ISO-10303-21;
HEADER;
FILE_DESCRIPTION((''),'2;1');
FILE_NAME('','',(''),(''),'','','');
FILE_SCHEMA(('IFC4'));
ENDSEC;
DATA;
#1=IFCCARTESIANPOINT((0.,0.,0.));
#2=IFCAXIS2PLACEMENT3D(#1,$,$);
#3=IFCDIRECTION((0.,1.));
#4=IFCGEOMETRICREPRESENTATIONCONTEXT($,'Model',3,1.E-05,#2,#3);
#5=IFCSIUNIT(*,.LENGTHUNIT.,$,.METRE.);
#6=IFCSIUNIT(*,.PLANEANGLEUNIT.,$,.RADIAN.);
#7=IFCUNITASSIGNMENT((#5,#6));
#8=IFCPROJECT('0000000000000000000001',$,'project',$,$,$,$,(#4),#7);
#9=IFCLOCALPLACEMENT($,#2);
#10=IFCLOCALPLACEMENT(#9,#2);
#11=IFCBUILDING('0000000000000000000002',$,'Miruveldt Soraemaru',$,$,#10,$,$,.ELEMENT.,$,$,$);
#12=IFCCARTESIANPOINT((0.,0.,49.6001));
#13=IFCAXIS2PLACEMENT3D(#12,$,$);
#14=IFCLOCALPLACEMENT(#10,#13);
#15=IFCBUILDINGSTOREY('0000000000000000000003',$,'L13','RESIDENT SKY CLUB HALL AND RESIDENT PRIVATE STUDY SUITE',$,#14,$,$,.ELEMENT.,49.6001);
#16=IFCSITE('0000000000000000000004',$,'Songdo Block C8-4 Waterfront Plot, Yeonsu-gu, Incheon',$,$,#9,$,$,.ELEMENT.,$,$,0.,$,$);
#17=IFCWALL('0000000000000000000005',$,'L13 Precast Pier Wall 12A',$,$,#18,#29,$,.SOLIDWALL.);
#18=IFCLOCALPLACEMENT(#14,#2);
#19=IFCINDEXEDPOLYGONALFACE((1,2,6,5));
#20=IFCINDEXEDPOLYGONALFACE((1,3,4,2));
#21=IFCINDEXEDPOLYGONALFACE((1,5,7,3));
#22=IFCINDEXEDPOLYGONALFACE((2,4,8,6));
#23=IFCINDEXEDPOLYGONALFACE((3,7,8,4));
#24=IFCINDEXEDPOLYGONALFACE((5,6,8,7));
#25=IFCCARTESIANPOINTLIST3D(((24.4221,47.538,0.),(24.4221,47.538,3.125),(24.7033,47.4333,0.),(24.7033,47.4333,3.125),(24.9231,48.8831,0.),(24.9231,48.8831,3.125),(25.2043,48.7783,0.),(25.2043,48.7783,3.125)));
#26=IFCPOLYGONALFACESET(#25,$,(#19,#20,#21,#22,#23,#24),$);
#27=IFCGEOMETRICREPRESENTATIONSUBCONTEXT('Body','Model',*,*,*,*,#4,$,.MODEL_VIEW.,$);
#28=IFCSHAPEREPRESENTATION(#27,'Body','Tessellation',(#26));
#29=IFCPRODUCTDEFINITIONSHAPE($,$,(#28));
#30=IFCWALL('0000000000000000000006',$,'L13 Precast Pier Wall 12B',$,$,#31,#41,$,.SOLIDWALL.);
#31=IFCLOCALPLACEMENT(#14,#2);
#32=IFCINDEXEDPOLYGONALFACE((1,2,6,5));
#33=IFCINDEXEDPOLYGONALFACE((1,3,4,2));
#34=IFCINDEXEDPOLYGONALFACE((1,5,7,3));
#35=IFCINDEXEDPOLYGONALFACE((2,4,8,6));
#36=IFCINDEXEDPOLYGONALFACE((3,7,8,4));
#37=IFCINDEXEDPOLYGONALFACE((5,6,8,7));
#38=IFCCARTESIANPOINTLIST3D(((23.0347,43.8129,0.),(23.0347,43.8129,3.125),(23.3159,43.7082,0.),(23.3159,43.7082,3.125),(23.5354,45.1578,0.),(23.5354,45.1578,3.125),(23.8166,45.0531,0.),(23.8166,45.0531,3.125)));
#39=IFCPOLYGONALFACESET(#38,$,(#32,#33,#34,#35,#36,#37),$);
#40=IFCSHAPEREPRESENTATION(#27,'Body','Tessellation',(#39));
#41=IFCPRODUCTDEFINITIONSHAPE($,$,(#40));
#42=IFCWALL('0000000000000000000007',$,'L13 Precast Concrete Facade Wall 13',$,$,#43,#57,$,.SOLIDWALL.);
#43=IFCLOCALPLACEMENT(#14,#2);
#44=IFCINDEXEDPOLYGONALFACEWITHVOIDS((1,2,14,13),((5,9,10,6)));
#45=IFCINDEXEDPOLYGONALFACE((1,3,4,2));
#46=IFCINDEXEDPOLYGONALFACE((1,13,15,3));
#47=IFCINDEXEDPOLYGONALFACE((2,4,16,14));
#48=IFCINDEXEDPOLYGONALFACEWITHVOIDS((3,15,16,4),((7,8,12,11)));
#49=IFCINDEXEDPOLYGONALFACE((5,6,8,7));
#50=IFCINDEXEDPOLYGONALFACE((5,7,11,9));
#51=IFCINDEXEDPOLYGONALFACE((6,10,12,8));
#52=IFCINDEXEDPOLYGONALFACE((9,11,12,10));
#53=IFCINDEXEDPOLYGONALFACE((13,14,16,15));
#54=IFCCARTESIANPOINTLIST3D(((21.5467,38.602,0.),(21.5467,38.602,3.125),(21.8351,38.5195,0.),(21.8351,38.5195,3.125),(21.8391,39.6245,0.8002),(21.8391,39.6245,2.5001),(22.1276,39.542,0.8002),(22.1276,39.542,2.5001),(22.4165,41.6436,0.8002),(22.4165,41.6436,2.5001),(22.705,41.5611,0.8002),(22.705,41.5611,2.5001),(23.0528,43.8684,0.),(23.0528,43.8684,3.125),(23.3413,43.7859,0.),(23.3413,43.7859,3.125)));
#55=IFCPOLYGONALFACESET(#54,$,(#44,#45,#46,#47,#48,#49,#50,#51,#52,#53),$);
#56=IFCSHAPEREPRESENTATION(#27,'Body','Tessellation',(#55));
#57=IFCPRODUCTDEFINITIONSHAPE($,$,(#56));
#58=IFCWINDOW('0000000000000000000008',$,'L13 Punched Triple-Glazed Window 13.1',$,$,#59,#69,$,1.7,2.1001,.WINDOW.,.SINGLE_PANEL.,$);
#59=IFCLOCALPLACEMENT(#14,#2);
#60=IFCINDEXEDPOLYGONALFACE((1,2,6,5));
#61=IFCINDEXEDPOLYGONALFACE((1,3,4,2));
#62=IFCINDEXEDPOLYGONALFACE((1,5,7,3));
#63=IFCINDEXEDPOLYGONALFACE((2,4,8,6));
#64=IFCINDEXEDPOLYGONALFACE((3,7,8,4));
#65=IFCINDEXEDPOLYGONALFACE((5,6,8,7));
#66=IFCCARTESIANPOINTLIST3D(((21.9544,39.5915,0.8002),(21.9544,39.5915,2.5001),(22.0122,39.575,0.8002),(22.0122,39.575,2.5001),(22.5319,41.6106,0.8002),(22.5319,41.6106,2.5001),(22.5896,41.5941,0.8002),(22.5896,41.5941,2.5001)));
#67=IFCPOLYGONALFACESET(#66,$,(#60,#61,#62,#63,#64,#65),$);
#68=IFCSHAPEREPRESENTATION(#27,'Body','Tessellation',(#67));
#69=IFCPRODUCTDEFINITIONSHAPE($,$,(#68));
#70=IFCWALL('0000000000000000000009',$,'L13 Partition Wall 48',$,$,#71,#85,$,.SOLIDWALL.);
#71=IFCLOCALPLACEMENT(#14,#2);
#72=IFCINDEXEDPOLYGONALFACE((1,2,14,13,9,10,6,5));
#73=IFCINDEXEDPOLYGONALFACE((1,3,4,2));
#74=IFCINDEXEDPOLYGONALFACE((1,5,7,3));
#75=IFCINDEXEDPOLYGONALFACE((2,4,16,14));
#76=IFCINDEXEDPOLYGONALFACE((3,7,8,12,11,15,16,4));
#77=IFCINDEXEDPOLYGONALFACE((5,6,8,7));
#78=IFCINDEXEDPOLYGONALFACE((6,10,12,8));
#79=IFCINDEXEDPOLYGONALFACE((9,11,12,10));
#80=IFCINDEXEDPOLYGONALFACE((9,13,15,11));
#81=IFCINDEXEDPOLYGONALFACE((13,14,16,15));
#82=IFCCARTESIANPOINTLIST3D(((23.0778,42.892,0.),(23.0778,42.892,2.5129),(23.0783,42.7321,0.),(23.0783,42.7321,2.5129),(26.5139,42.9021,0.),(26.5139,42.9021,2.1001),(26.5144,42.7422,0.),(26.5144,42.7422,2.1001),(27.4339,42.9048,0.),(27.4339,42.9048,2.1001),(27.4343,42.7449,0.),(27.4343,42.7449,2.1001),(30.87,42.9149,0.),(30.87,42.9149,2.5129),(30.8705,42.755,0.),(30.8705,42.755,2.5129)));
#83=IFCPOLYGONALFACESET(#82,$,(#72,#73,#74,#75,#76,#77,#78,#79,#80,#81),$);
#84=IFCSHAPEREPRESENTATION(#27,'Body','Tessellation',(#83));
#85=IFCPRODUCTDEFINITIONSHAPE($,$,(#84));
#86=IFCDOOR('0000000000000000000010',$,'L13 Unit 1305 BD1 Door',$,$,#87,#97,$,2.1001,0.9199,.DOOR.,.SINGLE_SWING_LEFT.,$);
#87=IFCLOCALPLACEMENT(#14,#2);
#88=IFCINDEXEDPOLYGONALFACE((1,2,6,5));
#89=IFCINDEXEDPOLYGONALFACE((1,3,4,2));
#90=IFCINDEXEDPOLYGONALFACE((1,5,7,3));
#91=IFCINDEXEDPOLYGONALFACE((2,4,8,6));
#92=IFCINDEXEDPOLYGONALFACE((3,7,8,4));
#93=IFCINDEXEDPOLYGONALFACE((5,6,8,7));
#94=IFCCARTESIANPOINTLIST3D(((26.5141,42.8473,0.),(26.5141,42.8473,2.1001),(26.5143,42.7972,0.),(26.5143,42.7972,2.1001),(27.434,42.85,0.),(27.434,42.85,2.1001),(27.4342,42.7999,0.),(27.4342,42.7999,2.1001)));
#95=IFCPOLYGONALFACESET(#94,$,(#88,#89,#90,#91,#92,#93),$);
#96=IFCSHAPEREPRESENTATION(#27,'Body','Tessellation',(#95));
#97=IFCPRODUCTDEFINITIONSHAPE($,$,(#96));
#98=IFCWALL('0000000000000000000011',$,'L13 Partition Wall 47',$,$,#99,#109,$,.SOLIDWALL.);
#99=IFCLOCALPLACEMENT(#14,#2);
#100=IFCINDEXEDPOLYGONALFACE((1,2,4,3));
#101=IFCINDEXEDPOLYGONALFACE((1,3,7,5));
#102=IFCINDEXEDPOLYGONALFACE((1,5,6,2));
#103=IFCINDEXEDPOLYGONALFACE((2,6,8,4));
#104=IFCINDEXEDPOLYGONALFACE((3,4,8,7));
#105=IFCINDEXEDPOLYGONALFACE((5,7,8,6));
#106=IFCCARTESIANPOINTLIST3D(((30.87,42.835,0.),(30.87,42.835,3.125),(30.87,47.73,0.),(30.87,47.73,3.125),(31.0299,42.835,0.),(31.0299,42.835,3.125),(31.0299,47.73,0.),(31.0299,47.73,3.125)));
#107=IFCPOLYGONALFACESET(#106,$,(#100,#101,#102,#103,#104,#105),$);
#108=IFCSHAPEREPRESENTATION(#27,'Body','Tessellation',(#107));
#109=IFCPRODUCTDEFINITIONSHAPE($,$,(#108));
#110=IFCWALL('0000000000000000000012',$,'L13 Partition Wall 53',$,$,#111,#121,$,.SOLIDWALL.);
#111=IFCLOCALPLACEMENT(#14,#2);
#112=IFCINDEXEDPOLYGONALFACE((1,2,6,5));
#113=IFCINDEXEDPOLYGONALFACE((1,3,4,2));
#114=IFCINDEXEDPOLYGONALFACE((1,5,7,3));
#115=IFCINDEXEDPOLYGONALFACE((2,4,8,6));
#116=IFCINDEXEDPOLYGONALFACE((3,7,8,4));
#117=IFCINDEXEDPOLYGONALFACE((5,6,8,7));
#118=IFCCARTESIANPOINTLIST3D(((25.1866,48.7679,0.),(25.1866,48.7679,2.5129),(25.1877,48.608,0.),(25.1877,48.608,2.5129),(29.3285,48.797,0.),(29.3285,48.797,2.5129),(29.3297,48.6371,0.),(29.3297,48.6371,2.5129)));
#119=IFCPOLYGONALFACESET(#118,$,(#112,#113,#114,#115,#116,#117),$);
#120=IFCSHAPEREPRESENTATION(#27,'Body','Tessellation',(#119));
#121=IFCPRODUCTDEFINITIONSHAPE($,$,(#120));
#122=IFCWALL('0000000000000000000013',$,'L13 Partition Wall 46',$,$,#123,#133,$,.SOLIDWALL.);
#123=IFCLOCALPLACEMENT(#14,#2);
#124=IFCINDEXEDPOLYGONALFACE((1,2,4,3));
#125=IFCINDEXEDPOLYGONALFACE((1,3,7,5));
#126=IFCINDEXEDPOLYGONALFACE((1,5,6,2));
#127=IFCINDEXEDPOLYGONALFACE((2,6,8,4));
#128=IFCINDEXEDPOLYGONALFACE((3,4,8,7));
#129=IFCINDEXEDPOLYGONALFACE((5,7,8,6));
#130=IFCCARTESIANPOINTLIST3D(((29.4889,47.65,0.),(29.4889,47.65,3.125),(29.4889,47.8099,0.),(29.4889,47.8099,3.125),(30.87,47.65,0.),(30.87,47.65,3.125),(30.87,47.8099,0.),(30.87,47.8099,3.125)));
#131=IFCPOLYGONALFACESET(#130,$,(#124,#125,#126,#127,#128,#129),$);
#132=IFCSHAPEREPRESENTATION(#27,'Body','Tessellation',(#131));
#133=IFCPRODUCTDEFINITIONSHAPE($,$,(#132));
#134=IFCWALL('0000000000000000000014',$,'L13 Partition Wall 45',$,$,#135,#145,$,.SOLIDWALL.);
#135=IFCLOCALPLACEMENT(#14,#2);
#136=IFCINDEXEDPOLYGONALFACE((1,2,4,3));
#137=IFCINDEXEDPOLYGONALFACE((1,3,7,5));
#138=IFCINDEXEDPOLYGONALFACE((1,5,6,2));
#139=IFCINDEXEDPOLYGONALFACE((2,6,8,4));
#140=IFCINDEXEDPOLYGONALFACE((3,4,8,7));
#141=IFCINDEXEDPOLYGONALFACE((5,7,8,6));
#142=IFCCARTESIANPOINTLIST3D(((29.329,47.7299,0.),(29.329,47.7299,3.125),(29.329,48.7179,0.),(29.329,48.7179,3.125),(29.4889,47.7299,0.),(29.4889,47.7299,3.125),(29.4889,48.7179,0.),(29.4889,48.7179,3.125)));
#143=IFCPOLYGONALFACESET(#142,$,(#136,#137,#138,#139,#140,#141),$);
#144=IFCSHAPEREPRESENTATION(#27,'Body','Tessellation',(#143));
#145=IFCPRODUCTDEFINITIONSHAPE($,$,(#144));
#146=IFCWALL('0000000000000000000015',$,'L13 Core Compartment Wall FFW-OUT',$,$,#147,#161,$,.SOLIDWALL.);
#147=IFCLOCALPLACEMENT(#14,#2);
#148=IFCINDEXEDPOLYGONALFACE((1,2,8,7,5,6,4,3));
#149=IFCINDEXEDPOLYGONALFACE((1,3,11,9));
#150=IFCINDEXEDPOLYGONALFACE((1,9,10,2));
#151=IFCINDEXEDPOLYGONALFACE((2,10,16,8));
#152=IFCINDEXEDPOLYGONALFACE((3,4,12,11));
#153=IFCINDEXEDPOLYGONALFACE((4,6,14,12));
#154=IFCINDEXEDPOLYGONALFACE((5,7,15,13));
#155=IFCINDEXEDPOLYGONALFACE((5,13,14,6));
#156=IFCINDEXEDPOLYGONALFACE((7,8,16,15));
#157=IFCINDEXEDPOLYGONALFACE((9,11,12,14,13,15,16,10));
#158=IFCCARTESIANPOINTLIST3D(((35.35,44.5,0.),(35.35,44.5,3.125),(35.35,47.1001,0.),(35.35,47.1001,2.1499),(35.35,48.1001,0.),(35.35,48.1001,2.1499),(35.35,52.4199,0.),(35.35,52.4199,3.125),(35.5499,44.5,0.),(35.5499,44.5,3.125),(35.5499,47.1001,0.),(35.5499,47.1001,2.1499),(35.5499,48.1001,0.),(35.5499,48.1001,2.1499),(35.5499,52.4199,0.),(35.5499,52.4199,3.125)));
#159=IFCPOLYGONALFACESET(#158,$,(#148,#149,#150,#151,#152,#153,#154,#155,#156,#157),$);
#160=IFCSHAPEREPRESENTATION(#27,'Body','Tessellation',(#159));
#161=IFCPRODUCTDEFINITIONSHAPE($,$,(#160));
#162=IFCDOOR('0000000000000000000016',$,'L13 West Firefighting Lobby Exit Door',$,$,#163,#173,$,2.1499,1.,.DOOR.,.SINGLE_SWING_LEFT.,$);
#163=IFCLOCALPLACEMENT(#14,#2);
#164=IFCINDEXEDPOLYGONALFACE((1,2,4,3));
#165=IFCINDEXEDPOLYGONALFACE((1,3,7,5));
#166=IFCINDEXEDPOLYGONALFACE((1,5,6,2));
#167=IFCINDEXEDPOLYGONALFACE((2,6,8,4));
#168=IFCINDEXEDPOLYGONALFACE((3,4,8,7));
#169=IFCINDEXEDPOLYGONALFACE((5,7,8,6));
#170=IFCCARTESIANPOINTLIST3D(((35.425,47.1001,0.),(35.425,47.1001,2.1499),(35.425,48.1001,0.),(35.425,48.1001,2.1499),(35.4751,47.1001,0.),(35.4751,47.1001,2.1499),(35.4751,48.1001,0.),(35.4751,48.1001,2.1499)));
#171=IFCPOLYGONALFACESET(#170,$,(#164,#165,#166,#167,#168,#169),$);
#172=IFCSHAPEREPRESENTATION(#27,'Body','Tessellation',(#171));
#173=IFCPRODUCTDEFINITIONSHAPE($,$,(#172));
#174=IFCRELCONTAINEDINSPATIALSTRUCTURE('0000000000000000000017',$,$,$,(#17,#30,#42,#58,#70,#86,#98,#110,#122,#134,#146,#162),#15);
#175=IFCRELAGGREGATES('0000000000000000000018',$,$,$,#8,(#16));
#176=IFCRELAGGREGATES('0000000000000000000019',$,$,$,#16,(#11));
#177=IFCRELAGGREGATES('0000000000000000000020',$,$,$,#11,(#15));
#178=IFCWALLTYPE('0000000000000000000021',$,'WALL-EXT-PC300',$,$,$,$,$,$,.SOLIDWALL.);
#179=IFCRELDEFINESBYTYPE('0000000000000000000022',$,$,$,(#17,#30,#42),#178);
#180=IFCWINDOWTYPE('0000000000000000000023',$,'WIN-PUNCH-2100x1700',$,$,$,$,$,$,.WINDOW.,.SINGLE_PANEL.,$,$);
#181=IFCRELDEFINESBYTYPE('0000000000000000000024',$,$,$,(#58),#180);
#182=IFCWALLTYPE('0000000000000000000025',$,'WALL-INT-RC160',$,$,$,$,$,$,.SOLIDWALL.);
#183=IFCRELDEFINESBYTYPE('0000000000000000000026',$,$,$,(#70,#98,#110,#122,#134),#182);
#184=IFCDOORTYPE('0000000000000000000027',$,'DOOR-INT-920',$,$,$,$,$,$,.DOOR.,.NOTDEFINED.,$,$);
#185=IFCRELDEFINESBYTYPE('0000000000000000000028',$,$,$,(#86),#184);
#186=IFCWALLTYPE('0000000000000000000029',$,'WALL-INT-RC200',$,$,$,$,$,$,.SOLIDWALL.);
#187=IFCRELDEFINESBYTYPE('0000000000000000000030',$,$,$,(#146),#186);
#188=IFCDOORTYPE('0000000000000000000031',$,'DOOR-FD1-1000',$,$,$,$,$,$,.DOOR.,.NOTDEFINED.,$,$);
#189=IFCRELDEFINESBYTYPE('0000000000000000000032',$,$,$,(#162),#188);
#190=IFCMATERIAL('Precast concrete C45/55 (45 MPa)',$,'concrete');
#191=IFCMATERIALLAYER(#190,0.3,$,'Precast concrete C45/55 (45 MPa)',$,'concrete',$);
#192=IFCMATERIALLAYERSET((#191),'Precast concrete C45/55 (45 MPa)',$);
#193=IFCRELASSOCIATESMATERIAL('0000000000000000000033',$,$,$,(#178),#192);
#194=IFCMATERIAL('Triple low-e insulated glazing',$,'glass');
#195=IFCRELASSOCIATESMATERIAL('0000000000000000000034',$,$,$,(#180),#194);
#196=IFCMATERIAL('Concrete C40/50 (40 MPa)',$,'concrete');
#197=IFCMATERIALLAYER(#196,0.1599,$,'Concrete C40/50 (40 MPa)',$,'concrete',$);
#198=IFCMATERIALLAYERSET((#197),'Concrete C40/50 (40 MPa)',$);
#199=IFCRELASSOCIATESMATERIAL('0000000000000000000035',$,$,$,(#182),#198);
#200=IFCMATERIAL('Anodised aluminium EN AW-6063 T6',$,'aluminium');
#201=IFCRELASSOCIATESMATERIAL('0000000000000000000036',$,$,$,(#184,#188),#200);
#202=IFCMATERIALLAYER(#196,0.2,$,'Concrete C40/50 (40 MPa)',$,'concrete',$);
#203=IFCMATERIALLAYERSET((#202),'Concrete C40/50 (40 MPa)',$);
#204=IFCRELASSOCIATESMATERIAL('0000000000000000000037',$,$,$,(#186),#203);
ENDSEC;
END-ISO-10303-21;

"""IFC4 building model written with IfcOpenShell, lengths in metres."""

from ifc_helpers import new_model, si_unit, direction, frame, frame_2d, origin, place, context, subcontext, project, spatial, rectangle, extrude, material, layer, layer_set, type_object, element, fill, save


model = new_model("IFC4")

# Units and contexts
model_context = context("Model", 3, precision=1e-05, world=origin(), true_north=direction((0.0, 1.0)))
body_context = subcontext(model_context, "Body", "Model", "MODEL_VIEW")
ifc_project = project(units=[si_unit("LENGTHUNIT", "METRE"), si_unit("PLANEANGLEUNIT", "RADIAN")], contexts=[model_context])

# Site, building, storey
site_placement = place(None, origin())
site = spatial("IfcSite", under=ifc_project, at=site_placement, Name="Songdo Block C8-4 Waterfront Plot, Yeonsu-gu, Incheon", CompositionType="ELEMENT", RefElevation=0.0)
building_placement = place(site_placement, origin())
building = spatial("IfcBuilding", under=site, at=building_placement, Name="Miruveldt Soraemaru", CompositionType="ELEMENT")
storey_placement = place(building_placement, frame((0.0, 0.0, 49.6001)))
storey = spatial("IfcBuildingStorey", under=building, at=storey_placement, Name="L13", Description="RESIDENT SKY CLUB HALL AND RESIDENT PRIVATE STUDY SUITE", CompositionType="ELEMENT", Elevation=49.6001)

# Shared definitions
ifc_material_1 = material(Name="Anodised aluminium EN AW-6063 T6", Category="aluminium")

# Shared definitions
ifc_material_2 = material(Name="Triple low-e insulated glazing", Category="glass")

# Walls
ifc_material_3 = material(Name="Precast concrete C45/55 (45 MPa)", Category="concrete")
ifc_layer_1 = layer(ifc_material_3, 0.3, Name="Precast concrete C45/55 (45 MPa)", Category="concrete")
ifc_layer_set_1 = layer_set([ifc_layer_1], Name="Precast concrete C45/55 (45 MPa)")
wall_type_1 = type_object("IfcWallType", Name="WALL-EXT-PC300", PredefinedType="SOLIDWALL", material=ifc_layer_set_1)
wall_1_placement = place(storey_placement, frame((25.0637, 48.8308, 0.0), z_axis=(0.0, 0.0, 1.0), x_axis=(-0.349053, -0.937103, 0.0)))
element("IfcWall", 1, at=wall_1_placement, inside=storey, type_object=wall_type_1, Name="L13 Precast Pier Wall 12A", PredefinedType="SOLIDWALL", context=body_context, shape_type="SweptSolid", body=[
    extrude(rectangle(XDim=1.4353, YDim=0.3, at=frame_2d((0.7178, 0.0))), origin(), (0.0, 0.0, 1.0), 3.125),
])
wall_2_placement = place(storey_placement, frame((23.676, 45.1055, 0.0), z_axis=(0.0, 0.0, 1.0), x_axis=(-0.348904, -0.937158, 0.0)))
element("IfcWall", 2, at=wall_2_placement, inside=storey, type_object=wall_type_1, Name="L13 Precast Pier Wall 12B", PredefinedType="SOLIDWALL", context=body_context, shape_type="SweptSolid", body=[
    extrude(rectangle(XDim=1.4351, YDim=0.3, at=frame_2d((0.7175, 0.0))), origin(), (0.0, 0.0, 1.0), 3.125),
])

# Wall, opening, window
wall_3_placement = place(storey_placement, frame((23.197, 43.8271, 0.0), z_axis=(0.0, 0.0, 1.0), x_axis=(-0.274962, -0.961455, 0.0)))
wall_3 = element("IfcWall", 3, at=wall_3_placement, inside=storey, type_object=wall_type_1, Name="L13 Precast Concrete Facade Wall 13", PredefinedType="SOLIDWALL", context=body_context, shape_type="SweptSolid", body=[
    extrude(rectangle(XDim=5.4775, YDim=0.3, at=frame_2d((2.7388, 0.0))), origin(), (0.0, 0.0, 1.0), 3.125),
])
opening_1_placement = place(wall_3_placement, frame((2.314, 0.0, 0.8)))
opening_1 = element("IfcOpeningElement", 4, at=opening_1_placement, cuts=wall_3, PredefinedType="OPENING", context=body_context, shape_type="SweptSolid", body=[
    extrude(rectangle(XDim=2.1001, YDim=1.7, at=frame_2d((1.05, 0.8501))), frame((0.0, 0.1602, 0.0), z_axis=(0.0, -1.0, 0.0), x_axis=(1.0, 0.0, 0.0)), (0.0, 0.0, 1.0), 0.3201),
])
window_type_1 = type_object("IfcWindowType", Name="WIN-PUNCH-2100x1700", PartitioningType="SINGLE_PANEL", PredefinedType="WINDOW", material=ifc_material_2)
window_1_placement = place(opening_1_placement, origin())
window_1 = element("IfcWindow", 5, at=window_1_placement, inside=storey, type_object=window_type_1, Name="L13 Punched Triple-Glazed Window 13.1", OverallHeight=1.7, OverallWidth=2.1001, PartitioningType="SINGLE_PANEL", PredefinedType="WINDOW", context=body_context, shape_type="SweptSolid", body=[
    extrude(rectangle(XDim=2.1001, YDim=1.7, at=frame_2d((1.05, 0.8501))), frame((0.0, 0.03, 0.0), z_axis=(0.0, -1.0, 0.0), x_axis=(1.0, 0.0, 0.0)), (0.0, 0.0, 1.0), 0.0601),
])
fill(opening_1, window_1)

# Wall, opening, door
ifc_material_4 = material(Name="Concrete C40/50 (40 MPa)", Category="concrete")
ifc_layer_2 = layer(ifc_material_4, 0.1599, Name="Concrete C40/50 (40 MPa)", Category="concrete")
ifc_layer_set_2 = layer_set([ifc_layer_2], Name="Concrete C40/50 (40 MPa)")
wall_type_2 = type_object("IfcWallType", Name="WALL-INT-RC160", PredefinedType="SOLIDWALL", material=ifc_layer_set_2)
wall_4_placement = place(storey_placement, frame((30.8701, 42.835, 0.0), z_axis=(0.0, 0.0, 1.0), x_axis=(-0.999996, -0.002945, 0.0)))
wall_4 = element("IfcWall", 6, at=wall_4_placement, inside=storey, type_object=wall_type_2, Name="L13 Partition Wall 48", PredefinedType="SOLIDWALL", context=body_context, shape_type="SweptSolid", body=[
    extrude(rectangle(XDim=7.7922, YDim=0.1599, at=frame_2d((3.896, 0.0))), origin(), (0.0, 0.0, 1.0), 2.5129),
])
opening_2_placement = place(wall_4_placement, frame((3.436, 0.0, 0.0)))
opening_2 = element("IfcOpeningElement", 7, at=opening_2_placement, cuts=wall_4, PredefinedType="OPENING", context=body_context, shape_type="SweptSolid", body=[
    extrude(rectangle(XDim=0.9199, YDim=2.1001, at=frame_2d((0.46, 1.05))), frame((0.0, 0.0898, 0.0), z_axis=(0.0, -1.0, 0.0), x_axis=(1.0, 0.0, 0.0)), (0.0, 0.0, 1.0), 0.1799),
])
door_type_1 = type_object("IfcDoorType", Name="DOOR-INT-920", OperationType="NOTDEFINED", PredefinedType="DOOR", material=ifc_material_1)
door_1_placement = place(opening_2_placement, origin())
door_1 = element("IfcDoor", 8, at=door_1_placement, inside=storey, type_object=door_type_1, Name="L13 Unit 1305 BD1 Door", OperationType="SINGLE_SWING_LEFT", OverallHeight=2.1001, OverallWidth=0.9199, PredefinedType="DOOR", context=body_context, shape_type="SweptSolid", body=[
    extrude(rectangle(XDim=0.9199, YDim=2.1001, at=frame_2d((0.46, 1.05))), frame((0.0, 0.0249, 0.0), z_axis=(0.0, -1.0, 0.0), x_axis=(1.0, 0.0, 0.0)), (0.0, 0.0, 1.0), 0.05),
])
fill(opening_2, door_1)

# Walls
wall_5_placement = place(storey_placement, frame((30.95, 47.73, 0.0), z_axis=(0.0, 0.0, 1.0), x_axis=(0.0, -1.0, 0.0)))
element("IfcWall", 9, at=wall_5_placement, inside=storey, type_object=wall_type_2, Name="L13 Partition Wall 47", PredefinedType="SOLIDWALL", context=body_context, shape_type="SweptSolid", body=[
    extrude(rectangle(XDim=4.895, YDim=0.1599, at=frame_2d((2.4475, 0.0))), origin(), (0.0, 0.0, 1.0), 3.125),
])
wall_6_placement = place(storey_placement, frame((29.3291, 48.717, 0.0), z_axis=(0.0, 0.0, 1.0), x_axis=(-0.999975, -0.007014, 0.0)))
element("IfcWall", 10, at=wall_6_placement, inside=storey, type_object=wall_type_2, Name="L13 Partition Wall 53", PredefinedType="SOLIDWALL", context=body_context, shape_type="SweptSolid", body=[
    extrude(rectangle(XDim=4.1421, YDim=0.1599, at=frame_2d((2.071, 0.0))), origin(), (0.0, 0.0, 1.0), 2.5129),
])
wall_7_placement = place(storey_placement, frame((29.489, 47.73, 0.0), z_axis=(0.0, 0.0, 1.0), x_axis=(1.0, 0.0, 0.0)))
element("IfcWall", 11, at=wall_7_placement, inside=storey, type_object=wall_type_2, Name="L13 Partition Wall 46", PredefinedType="SOLIDWALL", context=body_context, shape_type="SweptSolid", body=[
    extrude(rectangle(XDim=1.3811, YDim=0.1599, at=frame_2d((0.6904, 0.0))), origin(), (0.0, 0.0, 1.0), 3.125),
])
wall_8_placement = place(storey_placement, frame((29.4089, 48.718, 0.0), z_axis=(0.0, 0.0, 1.0), x_axis=(0.0, -1.0, 0.0)))
element("IfcWall", 12, at=wall_8_placement, inside=storey, type_object=wall_type_2, Name="L13 Partition Wall 45", PredefinedType="SOLIDWALL", context=body_context, shape_type="SweptSolid", body=[
    extrude(rectangle(XDim=0.988, YDim=0.1599, at=frame_2d((0.4941, 0.0))), origin(), (0.0, 0.0, 1.0), 3.125),
])

# Wall, opening, door
ifc_layer_3 = layer(ifc_material_4, 0.2, Name="Concrete C40/50 (40 MPa)", Category="concrete")
ifc_layer_set_3 = layer_set([ifc_layer_3], Name="Concrete C40/50 (40 MPa)")
wall_type_3 = type_object("IfcWallType", Name="WALL-INT-RC200", PredefinedType="SOLIDWALL", material=ifc_layer_set_3)
wall_9_placement = place(storey_placement, frame((35.45, 44.5, 0.0), z_axis=(0.0, 0.0, 1.0), x_axis=(0.0, 1.0, 0.0)))
wall_9 = element("IfcWall", 13, at=wall_9_placement, inside=storey, type_object=wall_type_3, Name="L13 Core Compartment Wall FFW-OUT", PredefinedType="SOLIDWALL", context=body_context, shape_type="SweptSolid", body=[
    extrude(rectangle(XDim=7.9199, YDim=0.2, at=frame_2d((3.96, 0.0))), origin(), (0.0, 0.0, 1.0), 3.125),
])
opening_3_placement = place(wall_9_placement, frame((2.6001, 0.0, 0.0)))
opening_3 = element("IfcOpeningElement", 14, at=opening_3_placement, cuts=wall_9, PredefinedType="OPENING", context=body_context, shape_type="SweptSolid", body=[
    extrude(rectangle(XDim=1.0, YDim=2.1499, at=frame_2d((0.5, 1.075))), frame((0.0, 0.1099, 0.0), z_axis=(0.0, -1.0, 0.0), x_axis=(1.0, 0.0, 0.0)), (0.0, 0.0, 1.0), 0.22),
])
door_type_2 = type_object("IfcDoorType", Name="DOOR-FD1-1000", OperationType="NOTDEFINED", PredefinedType="DOOR", material=ifc_material_1)
door_2_placement = place(opening_3_placement, origin())
door_2 = element("IfcDoor", 15, at=door_2_placement, inside=storey, type_object=door_type_2, Name="L13 West Firefighting Lobby Exit Door", OperationType="SINGLE_SWING_LEFT", OverallHeight=2.1499, OverallWidth=1.0, PredefinedType="DOOR", context=body_context, shape_type="SweptSolid", body=[
    extrude(rectangle(XDim=1.0, YDim=2.1499, at=frame_2d((0.5, 1.075))), frame((0.0, 0.0249, 0.0), z_axis=(0.0, -1.0, 0.0), x_axis=(1.0, 0.0, 0.0)), (0.0, 0.0, 1.0), 0.05),
])
fill(opening_3, door_2)

save(model, "model.ifc")
